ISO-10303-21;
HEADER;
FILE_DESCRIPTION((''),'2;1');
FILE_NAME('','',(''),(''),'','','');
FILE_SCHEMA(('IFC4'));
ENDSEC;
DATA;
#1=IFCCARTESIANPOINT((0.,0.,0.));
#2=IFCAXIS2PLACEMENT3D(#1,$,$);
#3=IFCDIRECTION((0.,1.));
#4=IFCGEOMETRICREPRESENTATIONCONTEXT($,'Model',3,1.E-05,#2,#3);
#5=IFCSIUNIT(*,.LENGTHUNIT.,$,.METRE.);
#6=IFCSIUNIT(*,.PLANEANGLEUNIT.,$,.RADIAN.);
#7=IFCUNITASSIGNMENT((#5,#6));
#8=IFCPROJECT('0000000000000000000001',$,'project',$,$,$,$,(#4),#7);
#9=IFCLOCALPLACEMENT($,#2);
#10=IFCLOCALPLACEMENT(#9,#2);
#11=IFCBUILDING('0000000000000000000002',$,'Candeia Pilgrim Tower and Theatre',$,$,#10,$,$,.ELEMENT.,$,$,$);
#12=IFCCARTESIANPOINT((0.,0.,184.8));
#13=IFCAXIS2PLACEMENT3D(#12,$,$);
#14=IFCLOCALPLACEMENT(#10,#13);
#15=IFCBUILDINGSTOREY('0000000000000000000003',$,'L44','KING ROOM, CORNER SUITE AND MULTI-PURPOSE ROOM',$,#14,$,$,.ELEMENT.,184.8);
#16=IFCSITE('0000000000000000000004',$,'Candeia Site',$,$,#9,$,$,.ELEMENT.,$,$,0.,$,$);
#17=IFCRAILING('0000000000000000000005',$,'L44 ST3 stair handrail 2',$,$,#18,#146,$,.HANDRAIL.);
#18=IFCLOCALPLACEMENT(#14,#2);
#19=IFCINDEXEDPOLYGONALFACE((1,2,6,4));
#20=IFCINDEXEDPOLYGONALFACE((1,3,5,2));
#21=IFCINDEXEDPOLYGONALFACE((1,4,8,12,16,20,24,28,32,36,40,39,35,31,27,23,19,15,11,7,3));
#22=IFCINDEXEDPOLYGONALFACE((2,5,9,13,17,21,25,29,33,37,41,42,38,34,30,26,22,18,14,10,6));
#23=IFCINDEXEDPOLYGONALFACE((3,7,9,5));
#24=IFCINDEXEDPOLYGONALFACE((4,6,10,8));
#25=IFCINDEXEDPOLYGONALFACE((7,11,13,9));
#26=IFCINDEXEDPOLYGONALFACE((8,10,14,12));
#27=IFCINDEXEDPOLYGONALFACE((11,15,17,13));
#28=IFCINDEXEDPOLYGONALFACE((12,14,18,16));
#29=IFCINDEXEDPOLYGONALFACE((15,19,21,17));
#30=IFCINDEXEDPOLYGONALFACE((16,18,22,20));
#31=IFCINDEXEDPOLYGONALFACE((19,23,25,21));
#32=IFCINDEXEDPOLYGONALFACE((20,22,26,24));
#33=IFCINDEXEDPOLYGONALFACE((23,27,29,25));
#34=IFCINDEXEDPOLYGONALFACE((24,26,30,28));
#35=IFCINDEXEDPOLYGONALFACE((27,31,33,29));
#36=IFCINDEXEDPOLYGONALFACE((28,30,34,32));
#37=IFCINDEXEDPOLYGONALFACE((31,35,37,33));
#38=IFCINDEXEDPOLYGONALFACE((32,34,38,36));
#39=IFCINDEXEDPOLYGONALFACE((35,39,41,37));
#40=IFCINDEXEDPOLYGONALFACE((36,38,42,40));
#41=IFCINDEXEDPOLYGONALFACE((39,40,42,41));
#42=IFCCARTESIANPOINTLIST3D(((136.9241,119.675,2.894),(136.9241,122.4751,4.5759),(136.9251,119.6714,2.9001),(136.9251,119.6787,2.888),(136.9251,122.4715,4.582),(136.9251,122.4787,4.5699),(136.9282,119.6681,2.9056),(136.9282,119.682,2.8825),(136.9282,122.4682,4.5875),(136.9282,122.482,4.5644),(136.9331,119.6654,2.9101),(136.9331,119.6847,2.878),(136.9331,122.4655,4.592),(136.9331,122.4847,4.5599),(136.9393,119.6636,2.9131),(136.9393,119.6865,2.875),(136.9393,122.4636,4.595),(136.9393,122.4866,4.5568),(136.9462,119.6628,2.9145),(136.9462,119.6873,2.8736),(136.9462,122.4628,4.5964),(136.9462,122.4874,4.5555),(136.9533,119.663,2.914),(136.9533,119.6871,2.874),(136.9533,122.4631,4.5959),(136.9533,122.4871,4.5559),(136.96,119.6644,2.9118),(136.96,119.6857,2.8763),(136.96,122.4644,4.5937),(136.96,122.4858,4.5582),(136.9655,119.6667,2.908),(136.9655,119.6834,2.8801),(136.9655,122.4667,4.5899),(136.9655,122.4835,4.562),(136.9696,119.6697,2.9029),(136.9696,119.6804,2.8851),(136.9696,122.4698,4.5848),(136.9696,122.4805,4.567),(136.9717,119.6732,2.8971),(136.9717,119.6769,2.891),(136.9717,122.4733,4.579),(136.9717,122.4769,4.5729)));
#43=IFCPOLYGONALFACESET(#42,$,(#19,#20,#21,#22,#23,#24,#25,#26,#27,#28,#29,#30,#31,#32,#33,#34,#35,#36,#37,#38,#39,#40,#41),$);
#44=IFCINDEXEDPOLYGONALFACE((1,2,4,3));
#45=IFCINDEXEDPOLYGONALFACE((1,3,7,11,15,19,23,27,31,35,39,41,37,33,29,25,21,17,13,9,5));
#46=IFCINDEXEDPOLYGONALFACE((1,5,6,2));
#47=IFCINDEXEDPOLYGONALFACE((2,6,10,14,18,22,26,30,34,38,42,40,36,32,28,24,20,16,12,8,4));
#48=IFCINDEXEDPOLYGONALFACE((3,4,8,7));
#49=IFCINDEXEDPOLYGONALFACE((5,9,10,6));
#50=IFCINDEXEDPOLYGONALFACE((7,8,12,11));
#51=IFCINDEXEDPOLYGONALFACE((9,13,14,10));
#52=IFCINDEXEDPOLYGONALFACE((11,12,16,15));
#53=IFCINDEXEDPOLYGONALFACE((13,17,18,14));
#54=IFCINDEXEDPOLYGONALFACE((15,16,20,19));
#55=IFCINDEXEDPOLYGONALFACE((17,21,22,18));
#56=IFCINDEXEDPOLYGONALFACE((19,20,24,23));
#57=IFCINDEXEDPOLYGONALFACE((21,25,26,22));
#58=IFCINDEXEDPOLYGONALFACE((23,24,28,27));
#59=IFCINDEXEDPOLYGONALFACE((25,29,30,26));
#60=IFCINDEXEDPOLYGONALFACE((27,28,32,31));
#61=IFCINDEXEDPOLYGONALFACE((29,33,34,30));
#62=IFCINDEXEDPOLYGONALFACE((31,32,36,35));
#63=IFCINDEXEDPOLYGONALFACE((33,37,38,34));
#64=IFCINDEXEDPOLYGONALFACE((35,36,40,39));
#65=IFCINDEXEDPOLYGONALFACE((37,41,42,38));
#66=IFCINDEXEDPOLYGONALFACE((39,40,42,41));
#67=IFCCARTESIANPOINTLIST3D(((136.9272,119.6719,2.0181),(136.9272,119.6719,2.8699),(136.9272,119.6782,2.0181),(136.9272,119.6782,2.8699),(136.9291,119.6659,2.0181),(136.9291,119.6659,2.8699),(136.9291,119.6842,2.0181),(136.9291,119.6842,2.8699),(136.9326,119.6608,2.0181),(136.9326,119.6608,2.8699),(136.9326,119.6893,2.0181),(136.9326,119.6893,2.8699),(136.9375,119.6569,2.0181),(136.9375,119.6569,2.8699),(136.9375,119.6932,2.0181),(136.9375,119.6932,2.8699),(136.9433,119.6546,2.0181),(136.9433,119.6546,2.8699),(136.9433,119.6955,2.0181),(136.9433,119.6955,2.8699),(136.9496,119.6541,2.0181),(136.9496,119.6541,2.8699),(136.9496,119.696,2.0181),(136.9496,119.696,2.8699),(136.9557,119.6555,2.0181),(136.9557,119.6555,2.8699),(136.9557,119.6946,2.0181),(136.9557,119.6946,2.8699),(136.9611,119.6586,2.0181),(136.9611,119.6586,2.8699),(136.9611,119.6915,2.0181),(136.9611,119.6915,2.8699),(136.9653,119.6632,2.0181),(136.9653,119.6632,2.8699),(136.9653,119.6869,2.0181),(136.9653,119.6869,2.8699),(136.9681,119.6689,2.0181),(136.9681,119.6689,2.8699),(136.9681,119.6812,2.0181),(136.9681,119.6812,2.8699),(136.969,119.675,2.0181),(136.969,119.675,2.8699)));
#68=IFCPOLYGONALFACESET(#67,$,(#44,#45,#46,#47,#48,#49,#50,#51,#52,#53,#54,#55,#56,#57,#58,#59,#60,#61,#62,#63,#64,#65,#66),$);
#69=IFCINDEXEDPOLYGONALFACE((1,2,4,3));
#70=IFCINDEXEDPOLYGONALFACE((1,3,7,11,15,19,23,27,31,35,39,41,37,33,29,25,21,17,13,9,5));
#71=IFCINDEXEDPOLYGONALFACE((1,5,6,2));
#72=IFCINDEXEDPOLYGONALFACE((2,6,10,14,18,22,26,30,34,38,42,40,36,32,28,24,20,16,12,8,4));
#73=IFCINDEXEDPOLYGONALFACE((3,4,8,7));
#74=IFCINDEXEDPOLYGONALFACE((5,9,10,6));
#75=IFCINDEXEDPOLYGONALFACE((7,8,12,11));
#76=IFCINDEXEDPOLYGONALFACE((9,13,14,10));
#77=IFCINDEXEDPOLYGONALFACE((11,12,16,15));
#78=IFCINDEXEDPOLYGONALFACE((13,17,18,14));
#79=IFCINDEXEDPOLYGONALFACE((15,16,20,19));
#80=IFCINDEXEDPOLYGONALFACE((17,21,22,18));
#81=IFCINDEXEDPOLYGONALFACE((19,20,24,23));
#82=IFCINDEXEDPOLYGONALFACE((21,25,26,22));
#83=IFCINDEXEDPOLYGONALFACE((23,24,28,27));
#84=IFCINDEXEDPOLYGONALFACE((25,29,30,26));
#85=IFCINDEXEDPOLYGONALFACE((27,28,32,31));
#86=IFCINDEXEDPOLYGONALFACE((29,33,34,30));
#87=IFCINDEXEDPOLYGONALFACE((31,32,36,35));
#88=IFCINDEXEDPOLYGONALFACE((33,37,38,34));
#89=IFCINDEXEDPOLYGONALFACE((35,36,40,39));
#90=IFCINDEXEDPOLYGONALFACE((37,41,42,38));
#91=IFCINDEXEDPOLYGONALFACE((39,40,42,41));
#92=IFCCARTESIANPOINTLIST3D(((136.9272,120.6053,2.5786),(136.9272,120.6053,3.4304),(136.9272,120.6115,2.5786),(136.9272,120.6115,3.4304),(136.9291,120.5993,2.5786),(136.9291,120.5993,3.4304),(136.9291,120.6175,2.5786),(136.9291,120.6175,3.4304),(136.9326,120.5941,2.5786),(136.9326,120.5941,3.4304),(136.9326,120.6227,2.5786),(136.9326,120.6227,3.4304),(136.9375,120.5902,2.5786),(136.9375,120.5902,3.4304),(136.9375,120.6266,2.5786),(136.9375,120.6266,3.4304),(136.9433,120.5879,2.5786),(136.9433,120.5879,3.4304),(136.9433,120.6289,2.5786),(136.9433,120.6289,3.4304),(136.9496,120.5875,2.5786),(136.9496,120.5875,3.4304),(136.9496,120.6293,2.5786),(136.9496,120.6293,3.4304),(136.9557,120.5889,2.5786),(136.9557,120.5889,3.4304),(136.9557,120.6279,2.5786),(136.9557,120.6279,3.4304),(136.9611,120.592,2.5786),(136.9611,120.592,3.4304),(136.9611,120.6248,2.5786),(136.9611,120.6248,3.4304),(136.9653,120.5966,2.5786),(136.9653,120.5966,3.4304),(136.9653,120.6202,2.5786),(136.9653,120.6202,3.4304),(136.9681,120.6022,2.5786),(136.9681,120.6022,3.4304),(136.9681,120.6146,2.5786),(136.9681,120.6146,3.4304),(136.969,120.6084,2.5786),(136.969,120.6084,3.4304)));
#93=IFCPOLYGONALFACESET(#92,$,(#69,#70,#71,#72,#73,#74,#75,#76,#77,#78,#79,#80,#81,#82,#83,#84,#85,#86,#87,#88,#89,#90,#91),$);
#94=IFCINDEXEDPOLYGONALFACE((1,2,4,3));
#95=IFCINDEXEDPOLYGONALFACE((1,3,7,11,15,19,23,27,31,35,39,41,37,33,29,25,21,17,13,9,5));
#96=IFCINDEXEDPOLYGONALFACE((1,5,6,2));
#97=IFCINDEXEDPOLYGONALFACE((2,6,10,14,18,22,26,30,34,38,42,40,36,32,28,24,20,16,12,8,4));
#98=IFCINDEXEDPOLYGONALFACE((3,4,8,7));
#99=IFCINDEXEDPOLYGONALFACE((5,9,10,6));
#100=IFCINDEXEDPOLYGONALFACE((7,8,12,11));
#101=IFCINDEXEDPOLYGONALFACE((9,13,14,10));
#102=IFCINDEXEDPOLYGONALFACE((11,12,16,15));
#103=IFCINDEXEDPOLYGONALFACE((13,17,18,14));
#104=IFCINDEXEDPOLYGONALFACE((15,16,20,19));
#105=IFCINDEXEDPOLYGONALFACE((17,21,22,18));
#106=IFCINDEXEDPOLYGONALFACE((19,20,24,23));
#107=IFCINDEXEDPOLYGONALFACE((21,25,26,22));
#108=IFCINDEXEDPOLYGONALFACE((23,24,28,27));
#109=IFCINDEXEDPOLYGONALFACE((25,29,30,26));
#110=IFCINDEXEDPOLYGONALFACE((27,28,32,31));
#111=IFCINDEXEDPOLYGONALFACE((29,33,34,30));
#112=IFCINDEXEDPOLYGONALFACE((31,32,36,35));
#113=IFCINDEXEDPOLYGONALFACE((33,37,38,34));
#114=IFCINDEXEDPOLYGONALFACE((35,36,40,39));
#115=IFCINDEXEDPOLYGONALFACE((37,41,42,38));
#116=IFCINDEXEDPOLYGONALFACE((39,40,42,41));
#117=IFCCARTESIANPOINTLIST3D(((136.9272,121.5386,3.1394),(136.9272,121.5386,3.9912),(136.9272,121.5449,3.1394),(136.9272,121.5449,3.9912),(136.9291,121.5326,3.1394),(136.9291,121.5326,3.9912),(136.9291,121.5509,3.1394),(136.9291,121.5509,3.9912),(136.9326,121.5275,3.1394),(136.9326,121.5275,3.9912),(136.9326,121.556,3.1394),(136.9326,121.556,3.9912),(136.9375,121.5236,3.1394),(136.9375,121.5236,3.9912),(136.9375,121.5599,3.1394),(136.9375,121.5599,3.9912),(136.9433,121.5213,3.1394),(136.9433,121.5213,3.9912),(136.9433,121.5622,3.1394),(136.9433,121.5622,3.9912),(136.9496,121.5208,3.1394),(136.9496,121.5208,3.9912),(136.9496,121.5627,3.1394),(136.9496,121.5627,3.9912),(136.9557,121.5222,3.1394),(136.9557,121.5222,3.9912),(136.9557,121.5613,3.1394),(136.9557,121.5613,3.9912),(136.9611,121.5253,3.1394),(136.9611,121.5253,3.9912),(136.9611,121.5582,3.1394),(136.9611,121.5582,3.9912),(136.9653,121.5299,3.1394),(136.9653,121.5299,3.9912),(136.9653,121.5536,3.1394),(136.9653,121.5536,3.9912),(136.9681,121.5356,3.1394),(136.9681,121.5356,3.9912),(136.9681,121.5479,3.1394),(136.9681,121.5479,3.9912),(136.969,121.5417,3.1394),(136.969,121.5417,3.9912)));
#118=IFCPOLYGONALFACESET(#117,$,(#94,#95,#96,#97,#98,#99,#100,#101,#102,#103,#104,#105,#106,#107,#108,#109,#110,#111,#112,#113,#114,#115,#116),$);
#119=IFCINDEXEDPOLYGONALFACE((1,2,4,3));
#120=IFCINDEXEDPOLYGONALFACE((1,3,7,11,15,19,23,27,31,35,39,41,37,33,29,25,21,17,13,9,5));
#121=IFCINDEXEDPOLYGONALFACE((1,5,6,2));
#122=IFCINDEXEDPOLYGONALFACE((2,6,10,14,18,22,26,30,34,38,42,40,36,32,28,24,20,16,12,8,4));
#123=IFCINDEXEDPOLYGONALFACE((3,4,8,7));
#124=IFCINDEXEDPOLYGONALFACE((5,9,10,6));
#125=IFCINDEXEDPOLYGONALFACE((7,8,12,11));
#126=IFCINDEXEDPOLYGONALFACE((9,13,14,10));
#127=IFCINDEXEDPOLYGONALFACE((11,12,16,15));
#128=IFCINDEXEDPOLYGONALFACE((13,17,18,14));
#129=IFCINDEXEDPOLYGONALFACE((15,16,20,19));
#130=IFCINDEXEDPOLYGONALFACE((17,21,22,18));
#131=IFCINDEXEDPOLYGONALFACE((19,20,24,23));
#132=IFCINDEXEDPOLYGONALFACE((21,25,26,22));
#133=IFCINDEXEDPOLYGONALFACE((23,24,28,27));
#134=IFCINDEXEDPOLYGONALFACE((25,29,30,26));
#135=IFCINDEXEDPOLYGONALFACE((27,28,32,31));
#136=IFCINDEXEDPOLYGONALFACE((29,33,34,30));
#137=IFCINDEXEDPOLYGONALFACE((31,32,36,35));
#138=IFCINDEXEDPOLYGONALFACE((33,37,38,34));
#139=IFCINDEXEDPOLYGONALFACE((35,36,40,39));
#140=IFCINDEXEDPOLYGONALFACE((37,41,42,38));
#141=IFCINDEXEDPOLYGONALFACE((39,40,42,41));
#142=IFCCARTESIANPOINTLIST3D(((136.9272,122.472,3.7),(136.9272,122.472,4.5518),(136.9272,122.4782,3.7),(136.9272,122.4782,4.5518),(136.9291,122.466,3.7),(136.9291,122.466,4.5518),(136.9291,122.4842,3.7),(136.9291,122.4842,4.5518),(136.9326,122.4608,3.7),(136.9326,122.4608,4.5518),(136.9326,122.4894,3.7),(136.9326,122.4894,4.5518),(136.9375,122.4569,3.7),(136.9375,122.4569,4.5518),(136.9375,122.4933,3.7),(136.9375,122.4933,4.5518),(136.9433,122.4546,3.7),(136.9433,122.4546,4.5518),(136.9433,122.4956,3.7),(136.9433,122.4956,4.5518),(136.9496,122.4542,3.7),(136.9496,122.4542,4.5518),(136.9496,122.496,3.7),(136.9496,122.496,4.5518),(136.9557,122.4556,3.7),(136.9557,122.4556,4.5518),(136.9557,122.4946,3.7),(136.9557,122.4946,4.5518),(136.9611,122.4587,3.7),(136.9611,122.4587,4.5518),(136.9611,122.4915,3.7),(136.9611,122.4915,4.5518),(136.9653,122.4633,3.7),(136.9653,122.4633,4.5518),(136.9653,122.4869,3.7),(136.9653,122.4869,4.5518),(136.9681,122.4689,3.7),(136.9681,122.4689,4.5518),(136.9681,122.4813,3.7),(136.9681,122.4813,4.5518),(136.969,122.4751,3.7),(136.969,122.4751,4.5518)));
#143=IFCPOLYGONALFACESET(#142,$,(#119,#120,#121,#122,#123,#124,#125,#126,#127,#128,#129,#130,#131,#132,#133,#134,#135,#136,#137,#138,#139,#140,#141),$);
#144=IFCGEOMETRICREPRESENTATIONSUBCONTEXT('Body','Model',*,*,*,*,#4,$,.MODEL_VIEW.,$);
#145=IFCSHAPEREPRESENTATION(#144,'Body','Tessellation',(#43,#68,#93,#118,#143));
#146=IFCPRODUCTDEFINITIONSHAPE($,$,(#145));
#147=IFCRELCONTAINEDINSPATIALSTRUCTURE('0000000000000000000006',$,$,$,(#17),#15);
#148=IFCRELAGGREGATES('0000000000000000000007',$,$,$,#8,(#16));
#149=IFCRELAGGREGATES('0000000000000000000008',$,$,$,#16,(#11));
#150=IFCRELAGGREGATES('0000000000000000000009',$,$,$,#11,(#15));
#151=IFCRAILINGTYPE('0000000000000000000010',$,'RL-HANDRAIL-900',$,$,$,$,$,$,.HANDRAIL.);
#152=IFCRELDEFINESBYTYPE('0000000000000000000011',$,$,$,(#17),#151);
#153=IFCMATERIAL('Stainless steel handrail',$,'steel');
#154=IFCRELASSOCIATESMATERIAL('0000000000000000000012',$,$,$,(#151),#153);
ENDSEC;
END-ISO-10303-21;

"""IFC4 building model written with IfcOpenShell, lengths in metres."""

from ifc_helpers import new_model, si_unit, direction, frame, origin, origin_2d, place, context, subcontext, project, spatial, circle, extrude, material, type_object, element, save


model = new_model("IFC4")

# Units and contexts
model_context = context("Model", 3, precision=1e-05, world=origin(), true_north=direction((0.0, 1.0)))
body_context = subcontext(model_context, "Body", "Model", "MODEL_VIEW")
ifc_project = project(units=[si_unit("LENGTHUNIT", "METRE"), si_unit("PLANEANGLEUNIT", "RADIAN")], contexts=[model_context])

# Site, building, storey
site_placement = place(None, origin())
site = spatial("IfcSite", under=ifc_project, at=site_placement, Name="Candeia Site", CompositionType="ELEMENT", RefElevation=0.0)
building_placement = place(site_placement, origin())
building = spatial("IfcBuilding", under=site, at=building_placement, Name="Candeia Pilgrim Tower and Theatre", CompositionType="ELEMENT")
storey_placement = place(building_placement, frame((0.0, 0.0, 184.8)))
storey = spatial("IfcBuildingStorey", under=building, at=storey_placement, Name="L44", Description="KING ROOM, CORNER SUITE AND MULTI-PURPOSE ROOM", CompositionType="ELEMENT", Elevation=184.8)

# Railing
ifc_material_1 = material(Name="Stainless steel handrail", Category="steel")
railing_type_1 = type_object("IfcRailingType", Name="RL-HANDRAIL-900", PredefinedType="HANDRAIL", material=ifc_material_1)
railing_1_placement = place(storey_placement, frame((136.948, 119.675, 2.0181)))
element("IfcRailing", 1, at=railing_1_placement, inside=storey, type_object=railing_type_1, Name="L44 ST3 stair handrail 2", PredefinedType="HANDRAIL", context=body_context, shape_type="SweptSolid", body=[
    extrude(circle(Radius=0.0239, at=origin_2d()), frame((0.0, 0.0, 0.876), z_axis=(0.0, 0.857242, 0.514913), x_axis=(-1.0, 0.0, 0.0)), (0.0, 0.0, 1.0), 3.2664),
    extrude(circle(Radius=0.021, at=origin_2d()), origin(), (0.0, 0.0, 1.0), 0.8518),
    extrude(circle(Radius=0.021, at=origin_2d()), frame((0.0, 0.9333, 0.5605)), (0.0, 0.0, 1.0), 0.8518),
    extrude(circle(Radius=0.021, at=origin_2d()), frame((0.0, 1.8667, 1.1213)), (0.0, 0.0, 1.0), 0.8518),
    extrude(circle(Radius=0.021, at=origin_2d()), frame((0.0, 2.8, 1.6819)), (0.0, 0.0, 1.0), 0.8518),
])

save(model, "model.ifc")
